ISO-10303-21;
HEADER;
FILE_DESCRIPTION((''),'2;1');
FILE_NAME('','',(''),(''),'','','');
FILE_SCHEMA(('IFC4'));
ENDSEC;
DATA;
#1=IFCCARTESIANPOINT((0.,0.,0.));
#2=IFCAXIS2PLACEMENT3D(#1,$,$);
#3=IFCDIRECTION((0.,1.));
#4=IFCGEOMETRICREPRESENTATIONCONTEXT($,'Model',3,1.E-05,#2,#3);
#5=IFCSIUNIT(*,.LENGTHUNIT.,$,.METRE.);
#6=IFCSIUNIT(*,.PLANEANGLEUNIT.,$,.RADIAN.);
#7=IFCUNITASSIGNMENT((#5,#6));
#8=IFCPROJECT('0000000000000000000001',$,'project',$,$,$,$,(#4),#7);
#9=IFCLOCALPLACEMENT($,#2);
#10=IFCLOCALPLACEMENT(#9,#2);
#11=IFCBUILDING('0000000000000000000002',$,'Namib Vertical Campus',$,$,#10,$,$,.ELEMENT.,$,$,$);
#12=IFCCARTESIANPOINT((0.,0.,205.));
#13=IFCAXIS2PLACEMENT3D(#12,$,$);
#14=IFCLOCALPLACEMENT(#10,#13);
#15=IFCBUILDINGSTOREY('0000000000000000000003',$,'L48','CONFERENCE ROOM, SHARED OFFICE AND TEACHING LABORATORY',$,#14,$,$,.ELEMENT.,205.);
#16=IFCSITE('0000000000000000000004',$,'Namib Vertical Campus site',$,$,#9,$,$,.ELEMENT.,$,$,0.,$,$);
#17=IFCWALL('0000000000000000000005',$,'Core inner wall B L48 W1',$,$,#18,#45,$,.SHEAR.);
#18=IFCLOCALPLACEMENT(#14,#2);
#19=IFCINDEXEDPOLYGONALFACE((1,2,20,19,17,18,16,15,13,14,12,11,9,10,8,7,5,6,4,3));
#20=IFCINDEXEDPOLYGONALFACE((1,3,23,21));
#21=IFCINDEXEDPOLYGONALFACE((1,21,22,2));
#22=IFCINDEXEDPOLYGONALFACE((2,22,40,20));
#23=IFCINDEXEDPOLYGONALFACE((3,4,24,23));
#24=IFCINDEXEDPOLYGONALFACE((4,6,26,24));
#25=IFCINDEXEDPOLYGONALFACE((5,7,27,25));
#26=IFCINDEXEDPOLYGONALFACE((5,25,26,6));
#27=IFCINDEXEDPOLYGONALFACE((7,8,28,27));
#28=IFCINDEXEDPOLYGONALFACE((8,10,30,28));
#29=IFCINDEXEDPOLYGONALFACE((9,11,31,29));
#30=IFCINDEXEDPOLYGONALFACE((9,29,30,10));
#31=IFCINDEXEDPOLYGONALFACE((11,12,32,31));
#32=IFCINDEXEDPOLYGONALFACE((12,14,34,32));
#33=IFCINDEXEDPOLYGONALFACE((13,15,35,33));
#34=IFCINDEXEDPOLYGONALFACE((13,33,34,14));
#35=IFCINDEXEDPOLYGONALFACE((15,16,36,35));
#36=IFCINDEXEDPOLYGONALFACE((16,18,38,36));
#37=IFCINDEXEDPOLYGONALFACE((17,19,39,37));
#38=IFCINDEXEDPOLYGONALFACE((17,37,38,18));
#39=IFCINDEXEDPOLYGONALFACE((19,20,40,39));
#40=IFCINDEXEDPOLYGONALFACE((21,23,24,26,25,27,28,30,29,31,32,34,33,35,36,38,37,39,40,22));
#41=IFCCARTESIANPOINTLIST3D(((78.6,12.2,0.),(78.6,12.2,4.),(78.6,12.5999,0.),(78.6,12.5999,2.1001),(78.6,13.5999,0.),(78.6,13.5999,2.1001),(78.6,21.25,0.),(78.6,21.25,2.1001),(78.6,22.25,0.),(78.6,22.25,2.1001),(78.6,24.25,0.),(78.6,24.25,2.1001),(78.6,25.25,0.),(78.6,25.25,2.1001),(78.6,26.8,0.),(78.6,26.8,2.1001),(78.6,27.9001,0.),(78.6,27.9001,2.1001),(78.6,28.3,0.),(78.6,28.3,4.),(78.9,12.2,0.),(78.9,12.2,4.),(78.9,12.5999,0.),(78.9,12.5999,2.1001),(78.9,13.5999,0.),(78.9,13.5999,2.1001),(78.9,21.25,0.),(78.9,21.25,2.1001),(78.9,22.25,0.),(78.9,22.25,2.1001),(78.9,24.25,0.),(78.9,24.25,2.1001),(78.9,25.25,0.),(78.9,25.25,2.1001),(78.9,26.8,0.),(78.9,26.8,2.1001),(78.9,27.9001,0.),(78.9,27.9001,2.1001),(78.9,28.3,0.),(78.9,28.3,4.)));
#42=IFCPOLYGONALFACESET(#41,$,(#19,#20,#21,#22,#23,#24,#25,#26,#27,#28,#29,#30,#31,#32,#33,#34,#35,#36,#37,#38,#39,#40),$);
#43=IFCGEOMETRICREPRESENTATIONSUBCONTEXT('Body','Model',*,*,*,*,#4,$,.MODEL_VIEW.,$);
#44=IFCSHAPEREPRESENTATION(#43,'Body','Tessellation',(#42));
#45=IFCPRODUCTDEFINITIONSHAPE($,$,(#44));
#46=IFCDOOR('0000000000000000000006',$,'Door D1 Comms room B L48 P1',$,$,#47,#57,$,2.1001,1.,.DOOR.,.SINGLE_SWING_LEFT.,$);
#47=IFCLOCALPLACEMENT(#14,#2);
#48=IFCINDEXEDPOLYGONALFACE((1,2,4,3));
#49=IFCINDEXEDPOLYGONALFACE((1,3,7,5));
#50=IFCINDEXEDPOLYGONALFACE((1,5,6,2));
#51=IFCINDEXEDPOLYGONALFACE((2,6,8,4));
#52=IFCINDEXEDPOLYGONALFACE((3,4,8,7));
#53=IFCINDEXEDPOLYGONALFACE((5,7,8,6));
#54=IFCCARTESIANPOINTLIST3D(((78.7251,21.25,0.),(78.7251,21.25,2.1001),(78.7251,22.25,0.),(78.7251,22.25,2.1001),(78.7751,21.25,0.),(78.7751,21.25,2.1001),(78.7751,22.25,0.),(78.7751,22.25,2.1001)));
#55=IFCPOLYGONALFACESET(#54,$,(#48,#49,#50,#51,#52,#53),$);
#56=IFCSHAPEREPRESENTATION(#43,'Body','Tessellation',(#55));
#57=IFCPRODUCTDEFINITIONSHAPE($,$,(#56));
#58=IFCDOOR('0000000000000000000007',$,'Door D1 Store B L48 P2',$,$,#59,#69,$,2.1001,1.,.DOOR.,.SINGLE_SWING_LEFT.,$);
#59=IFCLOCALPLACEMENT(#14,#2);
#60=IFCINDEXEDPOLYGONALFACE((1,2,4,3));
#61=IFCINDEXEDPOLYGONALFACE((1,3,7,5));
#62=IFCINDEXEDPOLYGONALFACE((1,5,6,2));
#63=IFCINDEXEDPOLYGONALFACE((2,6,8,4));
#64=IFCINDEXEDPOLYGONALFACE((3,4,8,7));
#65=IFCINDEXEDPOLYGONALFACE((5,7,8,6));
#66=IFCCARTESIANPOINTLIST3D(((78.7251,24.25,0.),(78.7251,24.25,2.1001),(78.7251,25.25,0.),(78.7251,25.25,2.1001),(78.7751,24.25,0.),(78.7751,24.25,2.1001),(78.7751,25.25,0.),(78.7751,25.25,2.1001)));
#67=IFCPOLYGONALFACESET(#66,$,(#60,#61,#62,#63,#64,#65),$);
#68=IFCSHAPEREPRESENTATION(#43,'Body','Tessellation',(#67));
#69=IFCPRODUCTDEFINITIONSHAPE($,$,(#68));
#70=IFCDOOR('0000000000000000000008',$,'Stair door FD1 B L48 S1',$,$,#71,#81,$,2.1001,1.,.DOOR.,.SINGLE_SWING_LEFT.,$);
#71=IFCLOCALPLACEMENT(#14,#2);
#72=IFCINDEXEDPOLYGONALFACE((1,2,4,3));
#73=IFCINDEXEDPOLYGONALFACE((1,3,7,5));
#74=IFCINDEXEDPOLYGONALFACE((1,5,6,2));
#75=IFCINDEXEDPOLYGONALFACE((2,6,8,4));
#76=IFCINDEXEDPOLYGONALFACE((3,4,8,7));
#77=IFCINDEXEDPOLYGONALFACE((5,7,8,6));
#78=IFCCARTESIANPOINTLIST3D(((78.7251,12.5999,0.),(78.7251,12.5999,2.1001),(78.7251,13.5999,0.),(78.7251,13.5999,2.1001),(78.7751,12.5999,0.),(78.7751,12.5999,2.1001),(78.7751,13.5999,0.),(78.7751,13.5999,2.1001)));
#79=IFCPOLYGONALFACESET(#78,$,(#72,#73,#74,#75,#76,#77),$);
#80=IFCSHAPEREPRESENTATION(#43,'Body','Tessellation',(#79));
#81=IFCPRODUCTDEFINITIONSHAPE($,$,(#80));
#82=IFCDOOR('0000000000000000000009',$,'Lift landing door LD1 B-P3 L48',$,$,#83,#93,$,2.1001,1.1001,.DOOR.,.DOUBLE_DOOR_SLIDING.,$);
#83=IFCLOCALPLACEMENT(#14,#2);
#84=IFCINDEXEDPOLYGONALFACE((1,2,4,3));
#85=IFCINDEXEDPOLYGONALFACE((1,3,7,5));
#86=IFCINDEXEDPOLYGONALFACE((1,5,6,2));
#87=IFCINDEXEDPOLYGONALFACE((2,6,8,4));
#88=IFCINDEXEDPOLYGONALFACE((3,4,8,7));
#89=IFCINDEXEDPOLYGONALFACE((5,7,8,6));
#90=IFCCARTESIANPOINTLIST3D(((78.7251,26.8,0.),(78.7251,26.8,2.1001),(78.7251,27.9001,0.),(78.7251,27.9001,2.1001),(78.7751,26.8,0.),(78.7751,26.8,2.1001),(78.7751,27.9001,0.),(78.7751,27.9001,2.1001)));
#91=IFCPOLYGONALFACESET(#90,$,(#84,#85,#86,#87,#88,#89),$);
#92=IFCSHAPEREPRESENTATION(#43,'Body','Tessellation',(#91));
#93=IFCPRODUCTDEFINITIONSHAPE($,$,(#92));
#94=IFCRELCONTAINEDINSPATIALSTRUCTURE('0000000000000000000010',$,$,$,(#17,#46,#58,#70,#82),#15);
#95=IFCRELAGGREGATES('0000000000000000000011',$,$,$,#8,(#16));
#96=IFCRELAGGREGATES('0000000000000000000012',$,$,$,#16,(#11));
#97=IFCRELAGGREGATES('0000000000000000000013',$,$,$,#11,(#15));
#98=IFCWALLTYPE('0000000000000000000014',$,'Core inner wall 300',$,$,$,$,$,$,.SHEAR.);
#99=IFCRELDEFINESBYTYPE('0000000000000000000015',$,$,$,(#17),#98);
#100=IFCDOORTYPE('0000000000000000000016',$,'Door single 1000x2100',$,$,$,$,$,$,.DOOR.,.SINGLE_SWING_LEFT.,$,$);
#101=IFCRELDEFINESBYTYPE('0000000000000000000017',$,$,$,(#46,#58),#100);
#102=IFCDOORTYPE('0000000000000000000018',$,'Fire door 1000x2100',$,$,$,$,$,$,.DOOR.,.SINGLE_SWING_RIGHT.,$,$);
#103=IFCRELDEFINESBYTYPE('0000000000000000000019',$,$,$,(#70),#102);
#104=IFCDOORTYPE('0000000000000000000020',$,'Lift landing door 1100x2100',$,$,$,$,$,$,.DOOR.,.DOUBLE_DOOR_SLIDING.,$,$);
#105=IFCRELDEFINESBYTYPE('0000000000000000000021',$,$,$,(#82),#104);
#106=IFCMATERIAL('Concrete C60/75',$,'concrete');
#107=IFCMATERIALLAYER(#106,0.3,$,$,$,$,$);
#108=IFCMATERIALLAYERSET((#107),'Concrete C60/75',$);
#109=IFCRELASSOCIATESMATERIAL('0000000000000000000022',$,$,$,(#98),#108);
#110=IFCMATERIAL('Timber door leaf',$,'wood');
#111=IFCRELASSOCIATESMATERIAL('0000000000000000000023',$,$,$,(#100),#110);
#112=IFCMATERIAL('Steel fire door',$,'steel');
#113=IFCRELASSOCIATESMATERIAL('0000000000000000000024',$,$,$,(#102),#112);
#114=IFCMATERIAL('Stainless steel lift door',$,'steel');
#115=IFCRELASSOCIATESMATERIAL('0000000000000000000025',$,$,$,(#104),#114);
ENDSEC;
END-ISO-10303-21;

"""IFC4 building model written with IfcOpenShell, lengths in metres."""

from ifc_helpers import new_model, si_unit, direction, frame, frame_2d, origin, place, context, subcontext, project, spatial, rectangle, extrude, material, layer, layer_set, type_object, element, fill, save


model = new_model("IFC4")

# Units and contexts
model_context = context("Model", 3, precision=1e-05, world=origin(), true_north=direction((0.0, 1.0)))
body_context = subcontext(model_context, "Body", "Model", "MODEL_VIEW")
ifc_project = project(units=[si_unit("LENGTHUNIT", "METRE"), si_unit("PLANEANGLEUNIT", "RADIAN")], contexts=[model_context])

# Site, building, storey
site_placement = place(None, origin())
site = spatial("IfcSite", under=ifc_project, at=site_placement, Name="Namib Vertical Campus site", CompositionType="ELEMENT", RefElevation=0.0)
building_placement = place(site_placement, origin())
building = spatial("IfcBuilding", under=site, at=building_placement, Name="Namib Vertical Campus", CompositionType="ELEMENT")
storey_placement = place(building_placement, frame((0.0, 0.0, 205.0)))
storey = spatial("IfcBuildingStorey", under=building, at=storey_placement, Name="L48", Description="CONFERENCE ROOM, SHARED OFFICE AND TEACHING LABORATORY", CompositionType="ELEMENT", Elevation=205.0)

# Wall, openings, doors
ifc_material_1 = material(Name="Concrete C60/75", Category="concrete")
ifc_layer_1 = layer(ifc_material_1, 0.3)
ifc_layer_set_1 = layer_set([ifc_layer_1], Name="Concrete C60/75")
wall_type_1 = type_object("IfcWallType", Name="Core inner wall 300", PredefinedType="SHEAR", material=ifc_layer_set_1)
wall_1_placement = place(storey_placement, frame((78.75, 12.2, 0.0), z_axis=(0.0, 0.0, 1.0), x_axis=(0.0, 1.0, 0.0)))
wall_1 = element("IfcWall", 1, at=wall_1_placement, inside=storey, type_object=wall_type_1, Name="Core inner wall B L48 W1", PredefinedType="SHEAR", context=body_context, shape_type="SweptSolid", body=[
    extrude(rectangle(XDim=16.1001, YDim=0.3, at=frame_2d((8.05, 0.0))), origin(), (0.0, 0.0, 1.0), 4.0),
])
opening_1_placement = place(wall_1_placement, frame((0.3999, 0.0, 0.0)))
opening_1 = element("IfcOpeningElement", 2, at=opening_1_placement, cuts=wall_1, PredefinedType="OPENING", context=body_context, shape_type="SweptSolid", body=[
    extrude(rectangle(XDim=1.0, YDim=2.1001, at=frame_2d((0.5, 1.05))), frame((0.0, 0.1599, 0.0), z_axis=(0.0, -1.0, 0.0), x_axis=(1.0, 0.0, 0.0)), (0.0, 0.0, 1.0), 0.3201),
])
opening_2_placement = place(wall_1_placement, frame((14.6001, 0.0, 0.0)))
opening_2 = element("IfcOpeningElement", 3, at=opening_2_placement, cuts=wall_1, PredefinedType="OPENING", context=body_context, shape_type="SweptSolid", body=[
    extrude(rectangle(XDim=1.1001, YDim=2.1001, at=frame_2d((0.55, 1.05))), frame((0.0, 0.1599, 0.0), z_axis=(0.0, -1.0, 0.0), x_axis=(1.0, 0.0, 0.0)), (0.0, 0.0, 1.0), 0.3201),
])
opening_3_placement = place(wall_1_placement, frame((9.05, 0.0, 0.0)))
opening_3 = element("IfcOpeningElement", 4, at=opening_3_placement, cuts=wall_1, PredefinedType="OPENING", context=body_context, shape_type="SweptSolid", body=[
    extrude(rectangle(XDim=1.0, YDim=2.1001, at=frame_2d((0.5, 1.05))), frame((0.0, 0.1599, 0.0), z_axis=(0.0, -1.0, 0.0), x_axis=(1.0, 0.0, 0.0)), (0.0, 0.0, 1.0), 0.3201),
])
opening_4_placement = place(wall_1_placement, frame((12.05, 0.0, 0.0)))
opening_4 = element("IfcOpeningElement", 5, at=opening_4_placement, cuts=wall_1, PredefinedType="OPENING", context=body_context, shape_type="SweptSolid", body=[
    extrude(rectangle(XDim=1.0, YDim=2.1001, at=frame_2d((0.5, 1.05))), frame((0.0, 0.1599, 0.0), z_axis=(0.0, -1.0, 0.0), x_axis=(1.0, 0.0, 0.0)), (0.0, 0.0, 1.0), 0.3201),
])
ifc_material_2 = material(Name="Timber door leaf", Category="wood")
door_type_1 = type_object("IfcDoorType", Name="Door single 1000x2100", OperationType="SINGLE_SWING_LEFT", PredefinedType="DOOR", material=ifc_material_2)
door_1_placement = place(opening_3_placement, origin())
door_1 = element("IfcDoor", 6, at=door_1_placement, inside=storey, type_object=door_type_1, Name="Door D1 Comms room B L48 P1", OperationType="SINGLE_SWING_LEFT", OverallHeight=2.1001, OverallWidth=1.0, PredefinedType="DOOR", context=body_context, shape_type="SweptSolid", body=[
    extrude(rectangle(XDim=1.0, YDim=2.1001, at=frame_2d((0.5, 1.05))), frame((0.0, 0.0249, 0.0), z_axis=(0.0, -1.0, 0.0), x_axis=(1.0, 0.0, 0.0)), (0.0, 0.0, 1.0), 0.05),
])
fill(opening_3, door_1)
door_2_placement = place(opening_4_placement, origin())
door_2 = element("IfcDoor", 7, at=door_2_placement, inside=storey, type_object=door_type_1, Name="Door D1 Store B L48 P2", OperationType="SINGLE_SWING_LEFT", OverallHeight=2.1001, OverallWidth=1.0, PredefinedType="DOOR", context=body_context, shape_type="SweptSolid", body=[
    extrude(rectangle(XDim=1.0, YDim=2.1001, at=frame_2d((0.5, 1.05))), frame((0.0, 0.0249, 0.0), z_axis=(0.0, -1.0, 0.0), x_axis=(1.0, 0.0, 0.0)), (0.0, 0.0, 1.0), 0.05),
])
fill(opening_4, door_2)
ifc_material_3 = material(Name="Steel fire door", Category="steel")
door_type_2 = type_object("IfcDoorType", Name="Fire door 1000x2100", OperationType="SINGLE_SWING_RIGHT", PredefinedType="DOOR", material=ifc_material_3)
door_3_placement = place(opening_1_placement, origin())
door_3 = element("IfcDoor", 8, at=door_3_placement, inside=storey, type_object=door_type_2, Name="Stair door FD1 B L48 S1", OperationType="SINGLE_SWING_LEFT", OverallHeight=2.1001, OverallWidth=1.0, PredefinedType="DOOR", context=body_context, shape_type="SweptSolid", body=[
    extrude(rectangle(XDim=1.0, YDim=2.1001, at=frame_2d((0.5, 1.05))), frame((0.0, 0.0249, 0.0), z_axis=(0.0, -1.0, 0.0), x_axis=(1.0, 0.0, 0.0)), (0.0, 0.0, 1.0), 0.05),
])
fill(opening_1, door_3)
ifc_material_4 = material(Name="Stainless steel lift door", Category="steel")
door_type_3 = type_object("IfcDoorType", Name="Lift landing door 1100x2100", OperationType="DOUBLE_DOOR_SLIDING", PredefinedType="DOOR", material=ifc_material_4)
door_4_placement = place(opening_2_placement, origin())
door_4 = element("IfcDoor", 9, at=door_4_placement, inside=storey, type_object=door_type_3, Name="Lift landing door LD1 B-P3 L48", OperationType="DOUBLE_DOOR_SLIDING", OverallHeight=2.1001, OverallWidth=1.1001, PredefinedType="DOOR", context=body_context, shape_type="SweptSolid", body=[
    extrude(rectangle(XDim=1.1001, YDim=2.1001, at=frame_2d((0.55, 1.05))), frame((0.0, 0.0249, 0.0), z_axis=(0.0, -1.0, 0.0), x_axis=(1.0, 0.0, 0.0)), (0.0, 0.0, 1.0), 0.05),
])
fill(opening_2, door_4)

save(model, "model.ifc")
